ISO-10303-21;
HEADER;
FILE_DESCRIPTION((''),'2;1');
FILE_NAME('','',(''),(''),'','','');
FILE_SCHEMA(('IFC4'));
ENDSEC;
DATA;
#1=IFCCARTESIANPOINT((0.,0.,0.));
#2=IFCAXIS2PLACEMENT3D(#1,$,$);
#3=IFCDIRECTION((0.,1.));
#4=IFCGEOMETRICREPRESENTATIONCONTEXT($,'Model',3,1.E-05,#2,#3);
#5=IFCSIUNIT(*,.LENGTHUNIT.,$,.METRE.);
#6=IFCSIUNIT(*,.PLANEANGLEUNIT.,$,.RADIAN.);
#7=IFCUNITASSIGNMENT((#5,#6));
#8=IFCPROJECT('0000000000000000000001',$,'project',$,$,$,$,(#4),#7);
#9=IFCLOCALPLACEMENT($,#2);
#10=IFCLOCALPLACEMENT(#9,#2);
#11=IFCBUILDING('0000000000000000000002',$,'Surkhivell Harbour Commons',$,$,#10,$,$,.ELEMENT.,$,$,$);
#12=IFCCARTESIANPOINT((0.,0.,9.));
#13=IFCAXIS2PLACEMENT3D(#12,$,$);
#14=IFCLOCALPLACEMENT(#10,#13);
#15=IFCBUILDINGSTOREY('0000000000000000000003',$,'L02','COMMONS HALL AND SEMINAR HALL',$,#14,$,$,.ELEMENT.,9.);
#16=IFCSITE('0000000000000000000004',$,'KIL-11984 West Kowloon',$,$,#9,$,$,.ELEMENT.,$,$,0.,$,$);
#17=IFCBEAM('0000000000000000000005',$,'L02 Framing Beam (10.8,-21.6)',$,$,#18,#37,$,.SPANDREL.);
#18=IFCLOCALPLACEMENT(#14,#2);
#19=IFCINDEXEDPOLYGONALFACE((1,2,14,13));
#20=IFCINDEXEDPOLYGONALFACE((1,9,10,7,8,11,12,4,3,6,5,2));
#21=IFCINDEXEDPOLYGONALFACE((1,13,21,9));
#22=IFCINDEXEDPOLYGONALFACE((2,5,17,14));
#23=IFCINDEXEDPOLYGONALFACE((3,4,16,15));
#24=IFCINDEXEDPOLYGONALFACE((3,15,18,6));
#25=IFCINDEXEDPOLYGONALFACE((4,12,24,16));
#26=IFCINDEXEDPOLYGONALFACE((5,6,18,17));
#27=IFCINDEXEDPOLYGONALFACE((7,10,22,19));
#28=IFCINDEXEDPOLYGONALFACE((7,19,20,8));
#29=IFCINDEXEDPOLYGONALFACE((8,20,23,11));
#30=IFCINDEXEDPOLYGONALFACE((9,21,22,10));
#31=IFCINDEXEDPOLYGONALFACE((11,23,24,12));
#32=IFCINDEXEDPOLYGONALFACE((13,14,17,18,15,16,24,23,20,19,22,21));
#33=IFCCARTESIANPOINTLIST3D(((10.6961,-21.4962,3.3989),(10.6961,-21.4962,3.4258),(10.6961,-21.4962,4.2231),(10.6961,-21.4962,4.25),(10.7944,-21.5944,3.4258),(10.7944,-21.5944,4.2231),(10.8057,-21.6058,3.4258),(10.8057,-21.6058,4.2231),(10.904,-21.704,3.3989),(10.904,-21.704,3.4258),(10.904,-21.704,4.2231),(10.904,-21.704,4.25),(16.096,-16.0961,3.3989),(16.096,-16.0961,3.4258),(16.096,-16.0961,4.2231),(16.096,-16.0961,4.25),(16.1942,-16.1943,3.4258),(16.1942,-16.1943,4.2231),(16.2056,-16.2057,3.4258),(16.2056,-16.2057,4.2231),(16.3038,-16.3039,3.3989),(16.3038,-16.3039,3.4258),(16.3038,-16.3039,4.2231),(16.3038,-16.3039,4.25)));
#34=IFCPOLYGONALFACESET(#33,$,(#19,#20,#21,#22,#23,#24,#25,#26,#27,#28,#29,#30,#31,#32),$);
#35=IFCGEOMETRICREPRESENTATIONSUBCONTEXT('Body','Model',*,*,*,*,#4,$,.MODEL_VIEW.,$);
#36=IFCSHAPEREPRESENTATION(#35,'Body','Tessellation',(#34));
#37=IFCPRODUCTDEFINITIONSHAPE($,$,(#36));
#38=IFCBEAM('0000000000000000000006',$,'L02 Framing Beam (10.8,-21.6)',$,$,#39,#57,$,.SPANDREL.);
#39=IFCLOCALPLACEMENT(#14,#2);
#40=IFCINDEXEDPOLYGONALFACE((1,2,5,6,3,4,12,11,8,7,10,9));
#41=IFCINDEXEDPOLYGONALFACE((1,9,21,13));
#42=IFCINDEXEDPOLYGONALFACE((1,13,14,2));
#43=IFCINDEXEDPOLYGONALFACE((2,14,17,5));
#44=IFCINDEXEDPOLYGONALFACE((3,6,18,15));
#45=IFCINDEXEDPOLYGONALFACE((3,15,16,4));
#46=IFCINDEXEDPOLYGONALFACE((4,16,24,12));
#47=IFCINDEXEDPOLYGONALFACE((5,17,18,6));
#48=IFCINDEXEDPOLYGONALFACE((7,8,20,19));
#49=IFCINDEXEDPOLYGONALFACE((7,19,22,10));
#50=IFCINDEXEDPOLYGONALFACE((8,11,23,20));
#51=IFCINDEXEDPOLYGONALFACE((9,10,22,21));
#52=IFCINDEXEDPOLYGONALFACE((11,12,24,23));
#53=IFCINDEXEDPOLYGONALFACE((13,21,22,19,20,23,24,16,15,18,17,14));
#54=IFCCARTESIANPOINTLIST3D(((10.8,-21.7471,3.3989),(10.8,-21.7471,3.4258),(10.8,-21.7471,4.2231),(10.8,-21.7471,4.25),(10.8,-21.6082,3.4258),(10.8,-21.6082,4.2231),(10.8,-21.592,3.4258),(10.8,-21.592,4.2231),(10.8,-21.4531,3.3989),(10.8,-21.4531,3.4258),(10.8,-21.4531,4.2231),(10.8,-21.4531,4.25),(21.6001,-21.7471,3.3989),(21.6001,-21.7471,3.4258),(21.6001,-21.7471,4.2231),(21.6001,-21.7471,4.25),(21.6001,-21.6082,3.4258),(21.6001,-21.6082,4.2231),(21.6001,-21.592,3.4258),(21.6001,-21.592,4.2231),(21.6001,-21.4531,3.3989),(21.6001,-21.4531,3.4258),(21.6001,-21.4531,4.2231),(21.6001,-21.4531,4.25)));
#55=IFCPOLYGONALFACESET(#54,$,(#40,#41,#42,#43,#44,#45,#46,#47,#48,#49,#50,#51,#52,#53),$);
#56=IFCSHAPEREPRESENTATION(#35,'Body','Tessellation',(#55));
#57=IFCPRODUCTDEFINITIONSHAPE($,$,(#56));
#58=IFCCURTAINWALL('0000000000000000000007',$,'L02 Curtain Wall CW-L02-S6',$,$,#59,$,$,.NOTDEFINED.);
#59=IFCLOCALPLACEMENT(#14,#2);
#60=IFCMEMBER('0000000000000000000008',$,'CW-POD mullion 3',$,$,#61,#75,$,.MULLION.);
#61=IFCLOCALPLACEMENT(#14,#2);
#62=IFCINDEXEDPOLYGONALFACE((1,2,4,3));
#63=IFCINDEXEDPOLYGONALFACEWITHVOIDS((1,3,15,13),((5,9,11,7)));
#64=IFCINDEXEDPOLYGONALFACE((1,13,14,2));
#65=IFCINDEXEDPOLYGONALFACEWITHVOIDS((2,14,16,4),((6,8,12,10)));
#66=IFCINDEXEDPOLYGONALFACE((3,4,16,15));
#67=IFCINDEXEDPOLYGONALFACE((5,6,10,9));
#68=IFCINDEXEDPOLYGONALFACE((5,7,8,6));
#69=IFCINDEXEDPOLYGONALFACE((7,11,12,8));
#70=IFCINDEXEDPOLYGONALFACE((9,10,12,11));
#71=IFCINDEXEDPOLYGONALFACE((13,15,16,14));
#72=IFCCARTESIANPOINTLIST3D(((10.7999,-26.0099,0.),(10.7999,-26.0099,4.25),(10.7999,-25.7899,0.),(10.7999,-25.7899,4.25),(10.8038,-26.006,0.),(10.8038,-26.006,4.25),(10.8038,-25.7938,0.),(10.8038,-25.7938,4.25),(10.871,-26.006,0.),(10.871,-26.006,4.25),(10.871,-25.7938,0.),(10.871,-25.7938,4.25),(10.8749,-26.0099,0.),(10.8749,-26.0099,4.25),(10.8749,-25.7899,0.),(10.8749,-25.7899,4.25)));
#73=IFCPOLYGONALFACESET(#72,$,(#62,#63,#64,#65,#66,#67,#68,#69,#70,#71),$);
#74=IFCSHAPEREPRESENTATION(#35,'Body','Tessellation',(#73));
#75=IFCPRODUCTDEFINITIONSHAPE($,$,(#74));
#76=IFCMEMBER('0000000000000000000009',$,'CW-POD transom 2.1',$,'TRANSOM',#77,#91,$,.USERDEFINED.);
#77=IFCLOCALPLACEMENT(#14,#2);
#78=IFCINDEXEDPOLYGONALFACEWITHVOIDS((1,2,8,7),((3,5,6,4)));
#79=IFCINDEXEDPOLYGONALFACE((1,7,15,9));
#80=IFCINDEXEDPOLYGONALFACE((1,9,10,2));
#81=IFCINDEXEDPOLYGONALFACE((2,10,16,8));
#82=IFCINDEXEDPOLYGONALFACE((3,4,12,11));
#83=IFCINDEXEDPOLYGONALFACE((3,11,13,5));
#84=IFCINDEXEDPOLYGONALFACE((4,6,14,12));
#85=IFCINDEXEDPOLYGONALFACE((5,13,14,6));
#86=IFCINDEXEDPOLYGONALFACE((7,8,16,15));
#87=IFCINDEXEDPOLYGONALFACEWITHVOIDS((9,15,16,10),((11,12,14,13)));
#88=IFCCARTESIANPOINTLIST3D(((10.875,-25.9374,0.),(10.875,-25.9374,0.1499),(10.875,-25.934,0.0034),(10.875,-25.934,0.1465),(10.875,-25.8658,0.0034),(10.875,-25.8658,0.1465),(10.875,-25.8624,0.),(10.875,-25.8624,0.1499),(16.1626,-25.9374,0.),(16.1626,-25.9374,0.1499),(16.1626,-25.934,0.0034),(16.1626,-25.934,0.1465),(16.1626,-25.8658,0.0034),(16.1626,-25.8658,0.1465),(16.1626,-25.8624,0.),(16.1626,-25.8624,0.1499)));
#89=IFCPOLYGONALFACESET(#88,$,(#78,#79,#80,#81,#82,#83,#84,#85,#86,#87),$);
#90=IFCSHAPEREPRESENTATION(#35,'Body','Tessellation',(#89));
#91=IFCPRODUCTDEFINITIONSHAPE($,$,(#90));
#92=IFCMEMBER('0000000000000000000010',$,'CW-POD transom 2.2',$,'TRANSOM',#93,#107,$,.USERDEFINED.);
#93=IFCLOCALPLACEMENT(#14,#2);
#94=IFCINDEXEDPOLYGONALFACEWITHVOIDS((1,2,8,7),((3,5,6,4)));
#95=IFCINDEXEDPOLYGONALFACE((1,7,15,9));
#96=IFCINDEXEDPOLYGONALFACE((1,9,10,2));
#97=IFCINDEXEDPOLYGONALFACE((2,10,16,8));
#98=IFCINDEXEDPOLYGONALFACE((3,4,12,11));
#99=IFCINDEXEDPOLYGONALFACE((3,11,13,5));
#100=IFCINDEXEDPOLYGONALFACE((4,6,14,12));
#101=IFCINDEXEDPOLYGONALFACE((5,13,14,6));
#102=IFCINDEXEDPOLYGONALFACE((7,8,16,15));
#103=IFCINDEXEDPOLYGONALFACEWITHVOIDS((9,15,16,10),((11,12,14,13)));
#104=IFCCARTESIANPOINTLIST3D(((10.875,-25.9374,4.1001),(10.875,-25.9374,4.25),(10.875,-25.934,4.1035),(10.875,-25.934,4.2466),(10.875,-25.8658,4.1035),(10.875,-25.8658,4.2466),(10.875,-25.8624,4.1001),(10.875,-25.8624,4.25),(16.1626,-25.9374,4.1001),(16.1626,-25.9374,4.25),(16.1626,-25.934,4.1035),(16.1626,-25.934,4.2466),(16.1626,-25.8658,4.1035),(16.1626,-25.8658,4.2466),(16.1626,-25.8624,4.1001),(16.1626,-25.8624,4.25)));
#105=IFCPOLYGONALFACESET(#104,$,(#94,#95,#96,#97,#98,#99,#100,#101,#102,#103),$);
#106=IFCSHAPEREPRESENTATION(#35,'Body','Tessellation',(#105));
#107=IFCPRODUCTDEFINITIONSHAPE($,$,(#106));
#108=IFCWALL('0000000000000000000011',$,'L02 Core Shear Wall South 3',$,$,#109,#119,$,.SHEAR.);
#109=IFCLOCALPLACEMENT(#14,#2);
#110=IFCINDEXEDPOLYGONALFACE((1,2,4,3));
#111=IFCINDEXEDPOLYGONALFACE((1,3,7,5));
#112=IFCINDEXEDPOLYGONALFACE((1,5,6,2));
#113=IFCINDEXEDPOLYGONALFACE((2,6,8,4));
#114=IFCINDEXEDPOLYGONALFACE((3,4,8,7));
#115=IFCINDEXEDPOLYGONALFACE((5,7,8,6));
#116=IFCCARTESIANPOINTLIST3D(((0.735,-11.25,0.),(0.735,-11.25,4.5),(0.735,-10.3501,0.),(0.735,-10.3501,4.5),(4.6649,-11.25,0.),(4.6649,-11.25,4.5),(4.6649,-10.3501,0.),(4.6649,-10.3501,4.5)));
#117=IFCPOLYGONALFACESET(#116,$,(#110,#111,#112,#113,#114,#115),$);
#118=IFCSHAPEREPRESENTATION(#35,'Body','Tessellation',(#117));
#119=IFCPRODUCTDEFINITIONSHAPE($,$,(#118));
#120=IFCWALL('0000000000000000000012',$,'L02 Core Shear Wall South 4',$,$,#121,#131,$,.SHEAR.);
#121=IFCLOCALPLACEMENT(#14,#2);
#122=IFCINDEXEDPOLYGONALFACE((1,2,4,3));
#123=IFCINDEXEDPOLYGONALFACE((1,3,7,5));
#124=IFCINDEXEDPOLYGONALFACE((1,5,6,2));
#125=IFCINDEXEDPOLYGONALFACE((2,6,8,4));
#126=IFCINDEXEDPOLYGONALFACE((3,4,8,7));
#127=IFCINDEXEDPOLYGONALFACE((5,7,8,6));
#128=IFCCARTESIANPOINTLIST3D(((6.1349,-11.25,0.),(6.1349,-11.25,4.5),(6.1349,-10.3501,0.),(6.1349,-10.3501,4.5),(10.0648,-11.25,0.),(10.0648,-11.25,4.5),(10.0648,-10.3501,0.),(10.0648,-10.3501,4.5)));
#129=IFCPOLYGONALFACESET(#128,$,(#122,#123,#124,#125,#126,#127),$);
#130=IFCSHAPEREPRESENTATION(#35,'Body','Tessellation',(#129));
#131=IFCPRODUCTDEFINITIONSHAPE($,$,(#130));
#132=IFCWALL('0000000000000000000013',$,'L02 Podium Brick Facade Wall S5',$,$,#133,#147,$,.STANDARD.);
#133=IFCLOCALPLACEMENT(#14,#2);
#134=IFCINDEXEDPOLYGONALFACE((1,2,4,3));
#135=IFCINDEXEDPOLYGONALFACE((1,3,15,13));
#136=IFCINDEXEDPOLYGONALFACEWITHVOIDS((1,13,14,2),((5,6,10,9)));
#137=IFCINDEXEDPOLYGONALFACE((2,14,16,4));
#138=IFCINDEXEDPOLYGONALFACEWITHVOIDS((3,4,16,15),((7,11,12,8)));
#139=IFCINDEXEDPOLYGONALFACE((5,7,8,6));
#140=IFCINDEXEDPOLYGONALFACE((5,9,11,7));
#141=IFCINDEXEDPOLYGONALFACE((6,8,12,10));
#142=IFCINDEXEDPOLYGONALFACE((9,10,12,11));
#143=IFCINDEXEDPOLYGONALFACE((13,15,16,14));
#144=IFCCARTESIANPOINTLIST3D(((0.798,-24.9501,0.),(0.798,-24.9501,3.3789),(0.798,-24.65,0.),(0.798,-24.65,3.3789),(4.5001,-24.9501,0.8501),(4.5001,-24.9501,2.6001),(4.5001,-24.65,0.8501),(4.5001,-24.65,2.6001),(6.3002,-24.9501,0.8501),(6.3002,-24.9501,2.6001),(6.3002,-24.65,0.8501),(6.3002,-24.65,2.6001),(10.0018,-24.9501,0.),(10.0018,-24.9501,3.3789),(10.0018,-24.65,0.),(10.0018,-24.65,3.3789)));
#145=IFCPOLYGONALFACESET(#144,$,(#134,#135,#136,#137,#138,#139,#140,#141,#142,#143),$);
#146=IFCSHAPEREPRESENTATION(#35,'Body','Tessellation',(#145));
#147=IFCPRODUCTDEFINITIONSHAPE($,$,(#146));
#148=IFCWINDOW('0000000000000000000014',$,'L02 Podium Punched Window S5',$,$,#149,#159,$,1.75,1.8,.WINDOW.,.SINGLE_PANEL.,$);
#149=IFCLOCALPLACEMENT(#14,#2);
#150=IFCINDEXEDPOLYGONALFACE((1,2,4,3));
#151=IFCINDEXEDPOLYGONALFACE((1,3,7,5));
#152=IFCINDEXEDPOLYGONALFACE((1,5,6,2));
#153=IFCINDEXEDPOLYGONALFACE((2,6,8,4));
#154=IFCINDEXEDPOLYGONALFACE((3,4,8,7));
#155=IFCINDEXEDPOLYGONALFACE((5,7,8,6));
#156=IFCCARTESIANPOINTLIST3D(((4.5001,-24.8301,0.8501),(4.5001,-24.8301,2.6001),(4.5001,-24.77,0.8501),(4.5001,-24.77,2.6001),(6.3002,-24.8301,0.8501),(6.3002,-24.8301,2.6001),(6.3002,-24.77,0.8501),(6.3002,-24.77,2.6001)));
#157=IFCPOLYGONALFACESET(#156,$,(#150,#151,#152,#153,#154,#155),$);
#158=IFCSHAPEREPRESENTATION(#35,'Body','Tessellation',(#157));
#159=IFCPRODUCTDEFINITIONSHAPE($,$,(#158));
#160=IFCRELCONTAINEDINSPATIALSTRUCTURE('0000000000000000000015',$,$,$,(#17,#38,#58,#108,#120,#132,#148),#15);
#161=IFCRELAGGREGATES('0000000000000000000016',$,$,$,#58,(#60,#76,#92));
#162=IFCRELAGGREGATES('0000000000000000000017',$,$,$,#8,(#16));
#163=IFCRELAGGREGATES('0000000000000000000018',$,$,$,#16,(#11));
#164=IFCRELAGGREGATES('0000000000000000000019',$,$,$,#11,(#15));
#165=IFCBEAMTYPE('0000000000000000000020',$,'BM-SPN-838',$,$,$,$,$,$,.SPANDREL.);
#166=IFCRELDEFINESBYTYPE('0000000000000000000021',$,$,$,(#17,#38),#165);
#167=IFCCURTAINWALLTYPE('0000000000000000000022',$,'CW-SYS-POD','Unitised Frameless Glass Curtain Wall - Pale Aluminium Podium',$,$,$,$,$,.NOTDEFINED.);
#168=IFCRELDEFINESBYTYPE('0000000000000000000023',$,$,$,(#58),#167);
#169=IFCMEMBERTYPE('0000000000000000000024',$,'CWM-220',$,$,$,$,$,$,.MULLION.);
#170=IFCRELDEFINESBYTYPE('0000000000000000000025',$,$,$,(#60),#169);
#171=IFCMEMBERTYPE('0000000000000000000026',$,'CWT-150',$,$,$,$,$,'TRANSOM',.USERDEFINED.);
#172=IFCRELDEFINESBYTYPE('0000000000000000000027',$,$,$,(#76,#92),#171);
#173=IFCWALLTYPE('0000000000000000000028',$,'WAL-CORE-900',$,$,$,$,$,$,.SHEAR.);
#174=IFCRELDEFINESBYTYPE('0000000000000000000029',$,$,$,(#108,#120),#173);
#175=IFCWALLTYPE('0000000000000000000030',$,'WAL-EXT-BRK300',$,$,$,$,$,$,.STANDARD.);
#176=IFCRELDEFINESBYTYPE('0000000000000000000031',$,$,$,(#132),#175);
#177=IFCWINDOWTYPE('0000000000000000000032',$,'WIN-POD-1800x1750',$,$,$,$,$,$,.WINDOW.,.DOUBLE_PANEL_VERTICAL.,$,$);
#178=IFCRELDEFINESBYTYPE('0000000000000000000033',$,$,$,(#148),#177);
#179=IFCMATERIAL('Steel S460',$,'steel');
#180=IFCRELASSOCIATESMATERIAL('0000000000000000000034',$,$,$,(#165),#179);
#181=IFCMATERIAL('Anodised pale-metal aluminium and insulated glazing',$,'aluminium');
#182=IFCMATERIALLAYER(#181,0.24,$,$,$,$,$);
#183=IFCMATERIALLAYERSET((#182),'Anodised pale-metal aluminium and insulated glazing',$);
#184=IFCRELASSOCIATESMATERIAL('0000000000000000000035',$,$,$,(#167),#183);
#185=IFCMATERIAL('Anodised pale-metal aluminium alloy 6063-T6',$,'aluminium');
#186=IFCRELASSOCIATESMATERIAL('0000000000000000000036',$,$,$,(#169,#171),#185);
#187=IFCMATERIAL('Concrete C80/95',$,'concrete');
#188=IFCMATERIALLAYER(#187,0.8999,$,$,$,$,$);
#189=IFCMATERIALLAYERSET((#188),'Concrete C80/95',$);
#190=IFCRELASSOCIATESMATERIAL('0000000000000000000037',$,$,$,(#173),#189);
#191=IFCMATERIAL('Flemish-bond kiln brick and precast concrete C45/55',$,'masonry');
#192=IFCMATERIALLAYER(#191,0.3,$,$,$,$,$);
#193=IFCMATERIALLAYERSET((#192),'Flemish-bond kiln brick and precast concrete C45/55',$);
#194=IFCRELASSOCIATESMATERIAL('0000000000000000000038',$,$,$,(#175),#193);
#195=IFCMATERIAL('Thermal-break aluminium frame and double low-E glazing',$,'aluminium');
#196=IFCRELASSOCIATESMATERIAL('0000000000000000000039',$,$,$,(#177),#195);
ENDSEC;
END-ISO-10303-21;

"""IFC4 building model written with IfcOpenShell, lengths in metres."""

from ifc_helpers import new_model, si_unit, direction, frame, frame_2d, origin, origin_2d, place, context, subcontext, project, spatial, rectangle, hollow_rectangle, i_section, extrude, material, layer, layer_set, material_profile, profile_set, type_object, element, fill, aggregate, save


model = new_model("IFC4")

# Units and contexts
model_context = context("Model", 3, precision=1e-05, world=origin(), true_north=direction((0.0, 1.0)))
body_context = subcontext(model_context, "Body", "Model", "MODEL_VIEW")
ifc_project = project(units=[si_unit("LENGTHUNIT", "METRE"), si_unit("PLANEANGLEUNIT", "RADIAN")], contexts=[model_context])

# Site, building, storey
site_placement = place(None, origin())
site = spatial("IfcSite", under=ifc_project, at=site_placement, Name="KIL-11984 West Kowloon", CompositionType="ELEMENT", RefElevation=0.0)
building_placement = place(site_placement, origin())
building = spatial("IfcBuilding", under=site, at=building_placement, Name="Surkhivell Harbour Commons", CompositionType="ELEMENT")
storey_placement = place(building_placement, frame((0.0, 0.0, 9.0)))
storey = spatial("IfcBuildingStorey", under=building, at=storey_placement, Name="L02", Description="COMMONS HALL AND SEMINAR HALL", CompositionType="ELEMENT", Elevation=9.0)

# Shared definitions
ifc_material_1 = material(Name="Concrete C80/95", Category="concrete")

# Beams
ifc_material_2 = material(Name="Steel S460", Category="steel")
ifc_material_profile_1 = material_profile(ifc_material_2, i_section(OverallWidth=0.2939, OverallDepth=0.8511, WebThickness=0.0161, FlangeThickness=0.0269, at=origin_2d()), Name="UB838x292x226")
ifc_profile_set_1 = profile_set([ifc_material_profile_1], Name="Steel S460")
beam_type = type_object("IfcBeamType", Name="BM-SPN-838", PredefinedType="SPANDREL", material=ifc_profile_set_1)
beam_1_placement = place(storey_placement, frame((10.8, -21.6001, 3.8245), z_axis=(0.707091, 0.707123, 0.0), x_axis=(-0.707123, 0.707091, 0.0)))
element("IfcBeam", 1, at=beam_1_placement, inside=storey, type_object=beam_type, Name="L02 Framing Beam (10.8,-21.6)", PredefinedType="SPANDREL", context=body_context, shape_type="SweptSolid", body=[
    extrude(i_section(OverallWidth=0.2939, OverallDepth=0.8511, WebThickness=0.0161, FlangeThickness=0.0269, at=origin_2d()), origin(), (0.0, 0.0, 1.0), 7.6367),
])
beam_2_placement = place(storey_placement, frame((10.8, -21.6001, 3.8245), z_axis=(1.0, 0.0, 0.0), x_axis=(0.0, 1.0, 0.0)))
element("IfcBeam", 2, at=beam_2_placement, inside=storey, type_object=beam_type, Name="L02 Framing Beam (10.8,-21.6)", PredefinedType="SPANDREL", context=body_context, shape_type="SweptSolid", body=[
    extrude(i_section(OverallWidth=0.2939, OverallDepth=0.8511, WebThickness=0.0161, FlangeThickness=0.0269, at=origin_2d()), origin(), (0.0, 0.0, 1.0), 10.8),
])

# Curtain wall, members
ifc_material_3 = material(Name="Anodised pale-metal aluminium and insulated glazing", Category="aluminium")
ifc_layer_1 = layer(ifc_material_3, 0.24)
ifc_layer_set_1 = layer_set([ifc_layer_1], Name="Anodised pale-metal aluminium and insulated glazing")
curtain_wall_type = type_object("IfcCurtainWallType", Name="CW-SYS-POD", Description="Unitised Frameless Glass Curtain Wall - Pale Aluminium Podium", PredefinedType="NOTDEFINED", material=ifc_layer_set_1)
curtain_wall_placement = place(storey_placement, origin())
curtain_wall = element("IfcCurtainWall", 3, at=curtain_wall_placement, inside=storey, type_object=curtain_wall_type, Name="L02 Curtain Wall CW-L02-S6", PredefinedType="NOTDEFINED")
ifc_material_4 = material(Name="Anodised pale-metal aluminium alloy 6063-T6", Category="aluminium")
ifc_material_profile_2 = material_profile(ifc_material_4, hollow_rectangle(XDim=0.075, YDim=0.22, WallThickness=0.0039, at=origin_2d()), Name="ALU-MULL-75x220")
ifc_profile_set_2 = profile_set([ifc_material_profile_2], Name="Anodised pale-metal aluminium alloy 6063-T6")
member_type_1 = type_object("IfcMemberType", Name="CWM-220", PredefinedType="MULLION", material=ifc_profile_set_2)
member_1_placement = place(storey_placement, frame((10.8374, -25.8999, 0.0), z_axis=(0.0, 0.0, 1.0), x_axis=(-1.0, 0.0, 0.0)))
member_1 = element("IfcMember", 4, at=member_1_placement, type_object=member_type_1, Name="CW-POD mullion 3", PredefinedType="MULLION", context=body_context, shape_type="SweptSolid", body=[
    extrude(hollow_rectangle(XDim=0.075, YDim=0.22, WallThickness=0.0039, at=origin_2d()), origin(), (0.0, 0.0, 1.0), 4.25),
])
ifc_material_profile_3 = material_profile(ifc_material_4, hollow_rectangle(XDim=0.075, YDim=0.1499, WallThickness=0.0034, at=origin_2d()), Name="ALU-TRAN-75x150")
ifc_profile_set_3 = profile_set([ifc_material_profile_3], Name="Anodised pale-metal aluminium alloy 6063-T6")
member_type_2 = type_object("IfcMemberType", Name="CWT-150", ElementType="TRANSOM", PredefinedType="USERDEFINED", material=ifc_profile_set_3)
member_2_placement = place(storey_placement, frame((16.1626, -25.8999, 0.075), z_axis=(-1.0, 0.0, 0.0), x_axis=(0.0, -1.0, 0.0)))
member_2 = element("IfcMember", 5, at=member_2_placement, type_object=member_type_2, Name="CW-POD transom 2.1", ObjectType="TRANSOM", PredefinedType="USERDEFINED", context=body_context, shape_type="SweptSolid", body=[
    extrude(hollow_rectangle(XDim=0.075, YDim=0.1499, WallThickness=0.0034, at=origin_2d()), origin(), (0.0, 0.0, 1.0), 5.2876),
])
member_3_placement = place(storey_placement, frame((16.1626, -25.8999, 4.175), z_axis=(-1.0, 0.0, 0.0), x_axis=(0.0, -1.0, 0.0)))
member_3 = element("IfcMember", 6, at=member_3_placement, type_object=member_type_2, Name="CW-POD transom 2.2", ObjectType="TRANSOM", PredefinedType="USERDEFINED", context=body_context, shape_type="SweptSolid", body=[
    extrude(hollow_rectangle(XDim=0.075, YDim=0.1499, WallThickness=0.0034, at=origin_2d()), origin(), (0.0, 0.0, 1.0), 5.2876),
])
aggregate(curtain_wall, [member_1, member_2, member_3])

# Walls
ifc_layer_2 = layer(ifc_material_1, 0.8999)
ifc_layer_set_2 = layer_set([ifc_layer_2], Name="Concrete C80/95")
wall_type_1 = type_object("IfcWallType", Name="WAL-CORE-900", PredefinedType="SHEAR", material=ifc_layer_set_2)
for number, where, z_axis, x_axis, name in (
    (7, (0.7351, -10.8, 0.0), (0.0, 0.0, 1.0), (1.0, 0.0, 0.0), "L02 Core Shear Wall South 3"),
    (8, (6.135, -10.8, 0.0), (0.0, 0.0, 1.0), (1.0, 0.0, 0.0), "L02 Core Shear Wall South 4"),
):
    element("IfcWall", number, at=place(storey_placement, frame(where, z_axis=z_axis, x_axis=x_axis)), inside=storey, type_object=wall_type_1, Name=name, PredefinedType="SHEAR", context=body_context, shape_type="SweptSolid", body=[
        extrude(rectangle(XDim=3.9299, YDim=0.8999, at=frame_2d((1.9648, 0.0))), origin(), (0.0, 0.0, 1.0), 4.5),
    ])

# Wall, opening, window
ifc_material_5 = material(Name="Flemish-bond kiln brick and precast concrete C45/55", Category="masonry")
ifc_layer_3 = layer(ifc_material_5, 0.3)
ifc_layer_set_3 = layer_set([ifc_layer_3], Name="Flemish-bond kiln brick and precast concrete C45/55")
wall_type_2 = type_object("IfcWallType", Name="WAL-EXT-BRK300", PredefinedType="STANDARD", material=ifc_layer_set_3)
wall_1_placement = place(storey_placement, frame((10.002, -24.8, 0.0), z_axis=(0.0, 0.0, 1.0), x_axis=(-1.0, 0.0, 0.0)))
wall_1 = element("IfcWall", 9, at=wall_1_placement, inside=storey, type_object=wall_type_2, Name="L02 Podium Brick Facade Wall S5", PredefinedType="STANDARD", context=body_context, shape_type="SweptSolid", body=[
    extrude(rectangle(XDim=9.2039, YDim=0.3, at=frame_2d((4.6021, 0.0))), origin(), (0.0, 0.0, 1.0), 3.3789),
])
opening_1_placement = place(wall_1_placement, frame((3.7019, 0.0, 0.8501)))
opening_1 = element("IfcOpeningElement", 10, at=opening_1_placement, cuts=wall_1, PredefinedType="OPENING", context=body_context, shape_type="SweptSolid", body=[
    extrude(rectangle(XDim=1.8, YDim=1.75, at=frame_2d((0.8999, 0.875))), frame((0.0, 0.1599, 0.0), z_axis=(0.0, -1.0, 0.0), x_axis=(1.0, 0.0, 0.0)), (0.0, 0.0, 1.0), 0.3201),
])
ifc_material_6 = material(Name="Thermal-break aluminium frame and double low-E glazing", Category="aluminium")
window_type = type_object("IfcWindowType", Name="WIN-POD-1800x1750", PartitioningType="DOUBLE_PANEL_VERTICAL", PredefinedType="WINDOW", material=ifc_material_6)
window_placement = place(opening_1_placement, origin())
window = element("IfcWindow", 11, at=window_placement, inside=storey, type_object=window_type, Name="L02 Podium Punched Window S5", OverallHeight=1.75, OverallWidth=1.8, PartitioningType="SINGLE_PANEL", PredefinedType="WINDOW", context=body_context, shape_type="SweptSolid", body=[
    extrude(rectangle(XDim=1.8, YDim=1.75, at=frame_2d((0.8999, 0.875))), frame((0.0, 0.03, 0.0), z_axis=(0.0, -1.0, 0.0), x_axis=(1.0, 0.0, 0.0)), (0.0, 0.0, 1.0), 0.0601),
])
fill(opening_1, window)

save(model, "model.ifc")
